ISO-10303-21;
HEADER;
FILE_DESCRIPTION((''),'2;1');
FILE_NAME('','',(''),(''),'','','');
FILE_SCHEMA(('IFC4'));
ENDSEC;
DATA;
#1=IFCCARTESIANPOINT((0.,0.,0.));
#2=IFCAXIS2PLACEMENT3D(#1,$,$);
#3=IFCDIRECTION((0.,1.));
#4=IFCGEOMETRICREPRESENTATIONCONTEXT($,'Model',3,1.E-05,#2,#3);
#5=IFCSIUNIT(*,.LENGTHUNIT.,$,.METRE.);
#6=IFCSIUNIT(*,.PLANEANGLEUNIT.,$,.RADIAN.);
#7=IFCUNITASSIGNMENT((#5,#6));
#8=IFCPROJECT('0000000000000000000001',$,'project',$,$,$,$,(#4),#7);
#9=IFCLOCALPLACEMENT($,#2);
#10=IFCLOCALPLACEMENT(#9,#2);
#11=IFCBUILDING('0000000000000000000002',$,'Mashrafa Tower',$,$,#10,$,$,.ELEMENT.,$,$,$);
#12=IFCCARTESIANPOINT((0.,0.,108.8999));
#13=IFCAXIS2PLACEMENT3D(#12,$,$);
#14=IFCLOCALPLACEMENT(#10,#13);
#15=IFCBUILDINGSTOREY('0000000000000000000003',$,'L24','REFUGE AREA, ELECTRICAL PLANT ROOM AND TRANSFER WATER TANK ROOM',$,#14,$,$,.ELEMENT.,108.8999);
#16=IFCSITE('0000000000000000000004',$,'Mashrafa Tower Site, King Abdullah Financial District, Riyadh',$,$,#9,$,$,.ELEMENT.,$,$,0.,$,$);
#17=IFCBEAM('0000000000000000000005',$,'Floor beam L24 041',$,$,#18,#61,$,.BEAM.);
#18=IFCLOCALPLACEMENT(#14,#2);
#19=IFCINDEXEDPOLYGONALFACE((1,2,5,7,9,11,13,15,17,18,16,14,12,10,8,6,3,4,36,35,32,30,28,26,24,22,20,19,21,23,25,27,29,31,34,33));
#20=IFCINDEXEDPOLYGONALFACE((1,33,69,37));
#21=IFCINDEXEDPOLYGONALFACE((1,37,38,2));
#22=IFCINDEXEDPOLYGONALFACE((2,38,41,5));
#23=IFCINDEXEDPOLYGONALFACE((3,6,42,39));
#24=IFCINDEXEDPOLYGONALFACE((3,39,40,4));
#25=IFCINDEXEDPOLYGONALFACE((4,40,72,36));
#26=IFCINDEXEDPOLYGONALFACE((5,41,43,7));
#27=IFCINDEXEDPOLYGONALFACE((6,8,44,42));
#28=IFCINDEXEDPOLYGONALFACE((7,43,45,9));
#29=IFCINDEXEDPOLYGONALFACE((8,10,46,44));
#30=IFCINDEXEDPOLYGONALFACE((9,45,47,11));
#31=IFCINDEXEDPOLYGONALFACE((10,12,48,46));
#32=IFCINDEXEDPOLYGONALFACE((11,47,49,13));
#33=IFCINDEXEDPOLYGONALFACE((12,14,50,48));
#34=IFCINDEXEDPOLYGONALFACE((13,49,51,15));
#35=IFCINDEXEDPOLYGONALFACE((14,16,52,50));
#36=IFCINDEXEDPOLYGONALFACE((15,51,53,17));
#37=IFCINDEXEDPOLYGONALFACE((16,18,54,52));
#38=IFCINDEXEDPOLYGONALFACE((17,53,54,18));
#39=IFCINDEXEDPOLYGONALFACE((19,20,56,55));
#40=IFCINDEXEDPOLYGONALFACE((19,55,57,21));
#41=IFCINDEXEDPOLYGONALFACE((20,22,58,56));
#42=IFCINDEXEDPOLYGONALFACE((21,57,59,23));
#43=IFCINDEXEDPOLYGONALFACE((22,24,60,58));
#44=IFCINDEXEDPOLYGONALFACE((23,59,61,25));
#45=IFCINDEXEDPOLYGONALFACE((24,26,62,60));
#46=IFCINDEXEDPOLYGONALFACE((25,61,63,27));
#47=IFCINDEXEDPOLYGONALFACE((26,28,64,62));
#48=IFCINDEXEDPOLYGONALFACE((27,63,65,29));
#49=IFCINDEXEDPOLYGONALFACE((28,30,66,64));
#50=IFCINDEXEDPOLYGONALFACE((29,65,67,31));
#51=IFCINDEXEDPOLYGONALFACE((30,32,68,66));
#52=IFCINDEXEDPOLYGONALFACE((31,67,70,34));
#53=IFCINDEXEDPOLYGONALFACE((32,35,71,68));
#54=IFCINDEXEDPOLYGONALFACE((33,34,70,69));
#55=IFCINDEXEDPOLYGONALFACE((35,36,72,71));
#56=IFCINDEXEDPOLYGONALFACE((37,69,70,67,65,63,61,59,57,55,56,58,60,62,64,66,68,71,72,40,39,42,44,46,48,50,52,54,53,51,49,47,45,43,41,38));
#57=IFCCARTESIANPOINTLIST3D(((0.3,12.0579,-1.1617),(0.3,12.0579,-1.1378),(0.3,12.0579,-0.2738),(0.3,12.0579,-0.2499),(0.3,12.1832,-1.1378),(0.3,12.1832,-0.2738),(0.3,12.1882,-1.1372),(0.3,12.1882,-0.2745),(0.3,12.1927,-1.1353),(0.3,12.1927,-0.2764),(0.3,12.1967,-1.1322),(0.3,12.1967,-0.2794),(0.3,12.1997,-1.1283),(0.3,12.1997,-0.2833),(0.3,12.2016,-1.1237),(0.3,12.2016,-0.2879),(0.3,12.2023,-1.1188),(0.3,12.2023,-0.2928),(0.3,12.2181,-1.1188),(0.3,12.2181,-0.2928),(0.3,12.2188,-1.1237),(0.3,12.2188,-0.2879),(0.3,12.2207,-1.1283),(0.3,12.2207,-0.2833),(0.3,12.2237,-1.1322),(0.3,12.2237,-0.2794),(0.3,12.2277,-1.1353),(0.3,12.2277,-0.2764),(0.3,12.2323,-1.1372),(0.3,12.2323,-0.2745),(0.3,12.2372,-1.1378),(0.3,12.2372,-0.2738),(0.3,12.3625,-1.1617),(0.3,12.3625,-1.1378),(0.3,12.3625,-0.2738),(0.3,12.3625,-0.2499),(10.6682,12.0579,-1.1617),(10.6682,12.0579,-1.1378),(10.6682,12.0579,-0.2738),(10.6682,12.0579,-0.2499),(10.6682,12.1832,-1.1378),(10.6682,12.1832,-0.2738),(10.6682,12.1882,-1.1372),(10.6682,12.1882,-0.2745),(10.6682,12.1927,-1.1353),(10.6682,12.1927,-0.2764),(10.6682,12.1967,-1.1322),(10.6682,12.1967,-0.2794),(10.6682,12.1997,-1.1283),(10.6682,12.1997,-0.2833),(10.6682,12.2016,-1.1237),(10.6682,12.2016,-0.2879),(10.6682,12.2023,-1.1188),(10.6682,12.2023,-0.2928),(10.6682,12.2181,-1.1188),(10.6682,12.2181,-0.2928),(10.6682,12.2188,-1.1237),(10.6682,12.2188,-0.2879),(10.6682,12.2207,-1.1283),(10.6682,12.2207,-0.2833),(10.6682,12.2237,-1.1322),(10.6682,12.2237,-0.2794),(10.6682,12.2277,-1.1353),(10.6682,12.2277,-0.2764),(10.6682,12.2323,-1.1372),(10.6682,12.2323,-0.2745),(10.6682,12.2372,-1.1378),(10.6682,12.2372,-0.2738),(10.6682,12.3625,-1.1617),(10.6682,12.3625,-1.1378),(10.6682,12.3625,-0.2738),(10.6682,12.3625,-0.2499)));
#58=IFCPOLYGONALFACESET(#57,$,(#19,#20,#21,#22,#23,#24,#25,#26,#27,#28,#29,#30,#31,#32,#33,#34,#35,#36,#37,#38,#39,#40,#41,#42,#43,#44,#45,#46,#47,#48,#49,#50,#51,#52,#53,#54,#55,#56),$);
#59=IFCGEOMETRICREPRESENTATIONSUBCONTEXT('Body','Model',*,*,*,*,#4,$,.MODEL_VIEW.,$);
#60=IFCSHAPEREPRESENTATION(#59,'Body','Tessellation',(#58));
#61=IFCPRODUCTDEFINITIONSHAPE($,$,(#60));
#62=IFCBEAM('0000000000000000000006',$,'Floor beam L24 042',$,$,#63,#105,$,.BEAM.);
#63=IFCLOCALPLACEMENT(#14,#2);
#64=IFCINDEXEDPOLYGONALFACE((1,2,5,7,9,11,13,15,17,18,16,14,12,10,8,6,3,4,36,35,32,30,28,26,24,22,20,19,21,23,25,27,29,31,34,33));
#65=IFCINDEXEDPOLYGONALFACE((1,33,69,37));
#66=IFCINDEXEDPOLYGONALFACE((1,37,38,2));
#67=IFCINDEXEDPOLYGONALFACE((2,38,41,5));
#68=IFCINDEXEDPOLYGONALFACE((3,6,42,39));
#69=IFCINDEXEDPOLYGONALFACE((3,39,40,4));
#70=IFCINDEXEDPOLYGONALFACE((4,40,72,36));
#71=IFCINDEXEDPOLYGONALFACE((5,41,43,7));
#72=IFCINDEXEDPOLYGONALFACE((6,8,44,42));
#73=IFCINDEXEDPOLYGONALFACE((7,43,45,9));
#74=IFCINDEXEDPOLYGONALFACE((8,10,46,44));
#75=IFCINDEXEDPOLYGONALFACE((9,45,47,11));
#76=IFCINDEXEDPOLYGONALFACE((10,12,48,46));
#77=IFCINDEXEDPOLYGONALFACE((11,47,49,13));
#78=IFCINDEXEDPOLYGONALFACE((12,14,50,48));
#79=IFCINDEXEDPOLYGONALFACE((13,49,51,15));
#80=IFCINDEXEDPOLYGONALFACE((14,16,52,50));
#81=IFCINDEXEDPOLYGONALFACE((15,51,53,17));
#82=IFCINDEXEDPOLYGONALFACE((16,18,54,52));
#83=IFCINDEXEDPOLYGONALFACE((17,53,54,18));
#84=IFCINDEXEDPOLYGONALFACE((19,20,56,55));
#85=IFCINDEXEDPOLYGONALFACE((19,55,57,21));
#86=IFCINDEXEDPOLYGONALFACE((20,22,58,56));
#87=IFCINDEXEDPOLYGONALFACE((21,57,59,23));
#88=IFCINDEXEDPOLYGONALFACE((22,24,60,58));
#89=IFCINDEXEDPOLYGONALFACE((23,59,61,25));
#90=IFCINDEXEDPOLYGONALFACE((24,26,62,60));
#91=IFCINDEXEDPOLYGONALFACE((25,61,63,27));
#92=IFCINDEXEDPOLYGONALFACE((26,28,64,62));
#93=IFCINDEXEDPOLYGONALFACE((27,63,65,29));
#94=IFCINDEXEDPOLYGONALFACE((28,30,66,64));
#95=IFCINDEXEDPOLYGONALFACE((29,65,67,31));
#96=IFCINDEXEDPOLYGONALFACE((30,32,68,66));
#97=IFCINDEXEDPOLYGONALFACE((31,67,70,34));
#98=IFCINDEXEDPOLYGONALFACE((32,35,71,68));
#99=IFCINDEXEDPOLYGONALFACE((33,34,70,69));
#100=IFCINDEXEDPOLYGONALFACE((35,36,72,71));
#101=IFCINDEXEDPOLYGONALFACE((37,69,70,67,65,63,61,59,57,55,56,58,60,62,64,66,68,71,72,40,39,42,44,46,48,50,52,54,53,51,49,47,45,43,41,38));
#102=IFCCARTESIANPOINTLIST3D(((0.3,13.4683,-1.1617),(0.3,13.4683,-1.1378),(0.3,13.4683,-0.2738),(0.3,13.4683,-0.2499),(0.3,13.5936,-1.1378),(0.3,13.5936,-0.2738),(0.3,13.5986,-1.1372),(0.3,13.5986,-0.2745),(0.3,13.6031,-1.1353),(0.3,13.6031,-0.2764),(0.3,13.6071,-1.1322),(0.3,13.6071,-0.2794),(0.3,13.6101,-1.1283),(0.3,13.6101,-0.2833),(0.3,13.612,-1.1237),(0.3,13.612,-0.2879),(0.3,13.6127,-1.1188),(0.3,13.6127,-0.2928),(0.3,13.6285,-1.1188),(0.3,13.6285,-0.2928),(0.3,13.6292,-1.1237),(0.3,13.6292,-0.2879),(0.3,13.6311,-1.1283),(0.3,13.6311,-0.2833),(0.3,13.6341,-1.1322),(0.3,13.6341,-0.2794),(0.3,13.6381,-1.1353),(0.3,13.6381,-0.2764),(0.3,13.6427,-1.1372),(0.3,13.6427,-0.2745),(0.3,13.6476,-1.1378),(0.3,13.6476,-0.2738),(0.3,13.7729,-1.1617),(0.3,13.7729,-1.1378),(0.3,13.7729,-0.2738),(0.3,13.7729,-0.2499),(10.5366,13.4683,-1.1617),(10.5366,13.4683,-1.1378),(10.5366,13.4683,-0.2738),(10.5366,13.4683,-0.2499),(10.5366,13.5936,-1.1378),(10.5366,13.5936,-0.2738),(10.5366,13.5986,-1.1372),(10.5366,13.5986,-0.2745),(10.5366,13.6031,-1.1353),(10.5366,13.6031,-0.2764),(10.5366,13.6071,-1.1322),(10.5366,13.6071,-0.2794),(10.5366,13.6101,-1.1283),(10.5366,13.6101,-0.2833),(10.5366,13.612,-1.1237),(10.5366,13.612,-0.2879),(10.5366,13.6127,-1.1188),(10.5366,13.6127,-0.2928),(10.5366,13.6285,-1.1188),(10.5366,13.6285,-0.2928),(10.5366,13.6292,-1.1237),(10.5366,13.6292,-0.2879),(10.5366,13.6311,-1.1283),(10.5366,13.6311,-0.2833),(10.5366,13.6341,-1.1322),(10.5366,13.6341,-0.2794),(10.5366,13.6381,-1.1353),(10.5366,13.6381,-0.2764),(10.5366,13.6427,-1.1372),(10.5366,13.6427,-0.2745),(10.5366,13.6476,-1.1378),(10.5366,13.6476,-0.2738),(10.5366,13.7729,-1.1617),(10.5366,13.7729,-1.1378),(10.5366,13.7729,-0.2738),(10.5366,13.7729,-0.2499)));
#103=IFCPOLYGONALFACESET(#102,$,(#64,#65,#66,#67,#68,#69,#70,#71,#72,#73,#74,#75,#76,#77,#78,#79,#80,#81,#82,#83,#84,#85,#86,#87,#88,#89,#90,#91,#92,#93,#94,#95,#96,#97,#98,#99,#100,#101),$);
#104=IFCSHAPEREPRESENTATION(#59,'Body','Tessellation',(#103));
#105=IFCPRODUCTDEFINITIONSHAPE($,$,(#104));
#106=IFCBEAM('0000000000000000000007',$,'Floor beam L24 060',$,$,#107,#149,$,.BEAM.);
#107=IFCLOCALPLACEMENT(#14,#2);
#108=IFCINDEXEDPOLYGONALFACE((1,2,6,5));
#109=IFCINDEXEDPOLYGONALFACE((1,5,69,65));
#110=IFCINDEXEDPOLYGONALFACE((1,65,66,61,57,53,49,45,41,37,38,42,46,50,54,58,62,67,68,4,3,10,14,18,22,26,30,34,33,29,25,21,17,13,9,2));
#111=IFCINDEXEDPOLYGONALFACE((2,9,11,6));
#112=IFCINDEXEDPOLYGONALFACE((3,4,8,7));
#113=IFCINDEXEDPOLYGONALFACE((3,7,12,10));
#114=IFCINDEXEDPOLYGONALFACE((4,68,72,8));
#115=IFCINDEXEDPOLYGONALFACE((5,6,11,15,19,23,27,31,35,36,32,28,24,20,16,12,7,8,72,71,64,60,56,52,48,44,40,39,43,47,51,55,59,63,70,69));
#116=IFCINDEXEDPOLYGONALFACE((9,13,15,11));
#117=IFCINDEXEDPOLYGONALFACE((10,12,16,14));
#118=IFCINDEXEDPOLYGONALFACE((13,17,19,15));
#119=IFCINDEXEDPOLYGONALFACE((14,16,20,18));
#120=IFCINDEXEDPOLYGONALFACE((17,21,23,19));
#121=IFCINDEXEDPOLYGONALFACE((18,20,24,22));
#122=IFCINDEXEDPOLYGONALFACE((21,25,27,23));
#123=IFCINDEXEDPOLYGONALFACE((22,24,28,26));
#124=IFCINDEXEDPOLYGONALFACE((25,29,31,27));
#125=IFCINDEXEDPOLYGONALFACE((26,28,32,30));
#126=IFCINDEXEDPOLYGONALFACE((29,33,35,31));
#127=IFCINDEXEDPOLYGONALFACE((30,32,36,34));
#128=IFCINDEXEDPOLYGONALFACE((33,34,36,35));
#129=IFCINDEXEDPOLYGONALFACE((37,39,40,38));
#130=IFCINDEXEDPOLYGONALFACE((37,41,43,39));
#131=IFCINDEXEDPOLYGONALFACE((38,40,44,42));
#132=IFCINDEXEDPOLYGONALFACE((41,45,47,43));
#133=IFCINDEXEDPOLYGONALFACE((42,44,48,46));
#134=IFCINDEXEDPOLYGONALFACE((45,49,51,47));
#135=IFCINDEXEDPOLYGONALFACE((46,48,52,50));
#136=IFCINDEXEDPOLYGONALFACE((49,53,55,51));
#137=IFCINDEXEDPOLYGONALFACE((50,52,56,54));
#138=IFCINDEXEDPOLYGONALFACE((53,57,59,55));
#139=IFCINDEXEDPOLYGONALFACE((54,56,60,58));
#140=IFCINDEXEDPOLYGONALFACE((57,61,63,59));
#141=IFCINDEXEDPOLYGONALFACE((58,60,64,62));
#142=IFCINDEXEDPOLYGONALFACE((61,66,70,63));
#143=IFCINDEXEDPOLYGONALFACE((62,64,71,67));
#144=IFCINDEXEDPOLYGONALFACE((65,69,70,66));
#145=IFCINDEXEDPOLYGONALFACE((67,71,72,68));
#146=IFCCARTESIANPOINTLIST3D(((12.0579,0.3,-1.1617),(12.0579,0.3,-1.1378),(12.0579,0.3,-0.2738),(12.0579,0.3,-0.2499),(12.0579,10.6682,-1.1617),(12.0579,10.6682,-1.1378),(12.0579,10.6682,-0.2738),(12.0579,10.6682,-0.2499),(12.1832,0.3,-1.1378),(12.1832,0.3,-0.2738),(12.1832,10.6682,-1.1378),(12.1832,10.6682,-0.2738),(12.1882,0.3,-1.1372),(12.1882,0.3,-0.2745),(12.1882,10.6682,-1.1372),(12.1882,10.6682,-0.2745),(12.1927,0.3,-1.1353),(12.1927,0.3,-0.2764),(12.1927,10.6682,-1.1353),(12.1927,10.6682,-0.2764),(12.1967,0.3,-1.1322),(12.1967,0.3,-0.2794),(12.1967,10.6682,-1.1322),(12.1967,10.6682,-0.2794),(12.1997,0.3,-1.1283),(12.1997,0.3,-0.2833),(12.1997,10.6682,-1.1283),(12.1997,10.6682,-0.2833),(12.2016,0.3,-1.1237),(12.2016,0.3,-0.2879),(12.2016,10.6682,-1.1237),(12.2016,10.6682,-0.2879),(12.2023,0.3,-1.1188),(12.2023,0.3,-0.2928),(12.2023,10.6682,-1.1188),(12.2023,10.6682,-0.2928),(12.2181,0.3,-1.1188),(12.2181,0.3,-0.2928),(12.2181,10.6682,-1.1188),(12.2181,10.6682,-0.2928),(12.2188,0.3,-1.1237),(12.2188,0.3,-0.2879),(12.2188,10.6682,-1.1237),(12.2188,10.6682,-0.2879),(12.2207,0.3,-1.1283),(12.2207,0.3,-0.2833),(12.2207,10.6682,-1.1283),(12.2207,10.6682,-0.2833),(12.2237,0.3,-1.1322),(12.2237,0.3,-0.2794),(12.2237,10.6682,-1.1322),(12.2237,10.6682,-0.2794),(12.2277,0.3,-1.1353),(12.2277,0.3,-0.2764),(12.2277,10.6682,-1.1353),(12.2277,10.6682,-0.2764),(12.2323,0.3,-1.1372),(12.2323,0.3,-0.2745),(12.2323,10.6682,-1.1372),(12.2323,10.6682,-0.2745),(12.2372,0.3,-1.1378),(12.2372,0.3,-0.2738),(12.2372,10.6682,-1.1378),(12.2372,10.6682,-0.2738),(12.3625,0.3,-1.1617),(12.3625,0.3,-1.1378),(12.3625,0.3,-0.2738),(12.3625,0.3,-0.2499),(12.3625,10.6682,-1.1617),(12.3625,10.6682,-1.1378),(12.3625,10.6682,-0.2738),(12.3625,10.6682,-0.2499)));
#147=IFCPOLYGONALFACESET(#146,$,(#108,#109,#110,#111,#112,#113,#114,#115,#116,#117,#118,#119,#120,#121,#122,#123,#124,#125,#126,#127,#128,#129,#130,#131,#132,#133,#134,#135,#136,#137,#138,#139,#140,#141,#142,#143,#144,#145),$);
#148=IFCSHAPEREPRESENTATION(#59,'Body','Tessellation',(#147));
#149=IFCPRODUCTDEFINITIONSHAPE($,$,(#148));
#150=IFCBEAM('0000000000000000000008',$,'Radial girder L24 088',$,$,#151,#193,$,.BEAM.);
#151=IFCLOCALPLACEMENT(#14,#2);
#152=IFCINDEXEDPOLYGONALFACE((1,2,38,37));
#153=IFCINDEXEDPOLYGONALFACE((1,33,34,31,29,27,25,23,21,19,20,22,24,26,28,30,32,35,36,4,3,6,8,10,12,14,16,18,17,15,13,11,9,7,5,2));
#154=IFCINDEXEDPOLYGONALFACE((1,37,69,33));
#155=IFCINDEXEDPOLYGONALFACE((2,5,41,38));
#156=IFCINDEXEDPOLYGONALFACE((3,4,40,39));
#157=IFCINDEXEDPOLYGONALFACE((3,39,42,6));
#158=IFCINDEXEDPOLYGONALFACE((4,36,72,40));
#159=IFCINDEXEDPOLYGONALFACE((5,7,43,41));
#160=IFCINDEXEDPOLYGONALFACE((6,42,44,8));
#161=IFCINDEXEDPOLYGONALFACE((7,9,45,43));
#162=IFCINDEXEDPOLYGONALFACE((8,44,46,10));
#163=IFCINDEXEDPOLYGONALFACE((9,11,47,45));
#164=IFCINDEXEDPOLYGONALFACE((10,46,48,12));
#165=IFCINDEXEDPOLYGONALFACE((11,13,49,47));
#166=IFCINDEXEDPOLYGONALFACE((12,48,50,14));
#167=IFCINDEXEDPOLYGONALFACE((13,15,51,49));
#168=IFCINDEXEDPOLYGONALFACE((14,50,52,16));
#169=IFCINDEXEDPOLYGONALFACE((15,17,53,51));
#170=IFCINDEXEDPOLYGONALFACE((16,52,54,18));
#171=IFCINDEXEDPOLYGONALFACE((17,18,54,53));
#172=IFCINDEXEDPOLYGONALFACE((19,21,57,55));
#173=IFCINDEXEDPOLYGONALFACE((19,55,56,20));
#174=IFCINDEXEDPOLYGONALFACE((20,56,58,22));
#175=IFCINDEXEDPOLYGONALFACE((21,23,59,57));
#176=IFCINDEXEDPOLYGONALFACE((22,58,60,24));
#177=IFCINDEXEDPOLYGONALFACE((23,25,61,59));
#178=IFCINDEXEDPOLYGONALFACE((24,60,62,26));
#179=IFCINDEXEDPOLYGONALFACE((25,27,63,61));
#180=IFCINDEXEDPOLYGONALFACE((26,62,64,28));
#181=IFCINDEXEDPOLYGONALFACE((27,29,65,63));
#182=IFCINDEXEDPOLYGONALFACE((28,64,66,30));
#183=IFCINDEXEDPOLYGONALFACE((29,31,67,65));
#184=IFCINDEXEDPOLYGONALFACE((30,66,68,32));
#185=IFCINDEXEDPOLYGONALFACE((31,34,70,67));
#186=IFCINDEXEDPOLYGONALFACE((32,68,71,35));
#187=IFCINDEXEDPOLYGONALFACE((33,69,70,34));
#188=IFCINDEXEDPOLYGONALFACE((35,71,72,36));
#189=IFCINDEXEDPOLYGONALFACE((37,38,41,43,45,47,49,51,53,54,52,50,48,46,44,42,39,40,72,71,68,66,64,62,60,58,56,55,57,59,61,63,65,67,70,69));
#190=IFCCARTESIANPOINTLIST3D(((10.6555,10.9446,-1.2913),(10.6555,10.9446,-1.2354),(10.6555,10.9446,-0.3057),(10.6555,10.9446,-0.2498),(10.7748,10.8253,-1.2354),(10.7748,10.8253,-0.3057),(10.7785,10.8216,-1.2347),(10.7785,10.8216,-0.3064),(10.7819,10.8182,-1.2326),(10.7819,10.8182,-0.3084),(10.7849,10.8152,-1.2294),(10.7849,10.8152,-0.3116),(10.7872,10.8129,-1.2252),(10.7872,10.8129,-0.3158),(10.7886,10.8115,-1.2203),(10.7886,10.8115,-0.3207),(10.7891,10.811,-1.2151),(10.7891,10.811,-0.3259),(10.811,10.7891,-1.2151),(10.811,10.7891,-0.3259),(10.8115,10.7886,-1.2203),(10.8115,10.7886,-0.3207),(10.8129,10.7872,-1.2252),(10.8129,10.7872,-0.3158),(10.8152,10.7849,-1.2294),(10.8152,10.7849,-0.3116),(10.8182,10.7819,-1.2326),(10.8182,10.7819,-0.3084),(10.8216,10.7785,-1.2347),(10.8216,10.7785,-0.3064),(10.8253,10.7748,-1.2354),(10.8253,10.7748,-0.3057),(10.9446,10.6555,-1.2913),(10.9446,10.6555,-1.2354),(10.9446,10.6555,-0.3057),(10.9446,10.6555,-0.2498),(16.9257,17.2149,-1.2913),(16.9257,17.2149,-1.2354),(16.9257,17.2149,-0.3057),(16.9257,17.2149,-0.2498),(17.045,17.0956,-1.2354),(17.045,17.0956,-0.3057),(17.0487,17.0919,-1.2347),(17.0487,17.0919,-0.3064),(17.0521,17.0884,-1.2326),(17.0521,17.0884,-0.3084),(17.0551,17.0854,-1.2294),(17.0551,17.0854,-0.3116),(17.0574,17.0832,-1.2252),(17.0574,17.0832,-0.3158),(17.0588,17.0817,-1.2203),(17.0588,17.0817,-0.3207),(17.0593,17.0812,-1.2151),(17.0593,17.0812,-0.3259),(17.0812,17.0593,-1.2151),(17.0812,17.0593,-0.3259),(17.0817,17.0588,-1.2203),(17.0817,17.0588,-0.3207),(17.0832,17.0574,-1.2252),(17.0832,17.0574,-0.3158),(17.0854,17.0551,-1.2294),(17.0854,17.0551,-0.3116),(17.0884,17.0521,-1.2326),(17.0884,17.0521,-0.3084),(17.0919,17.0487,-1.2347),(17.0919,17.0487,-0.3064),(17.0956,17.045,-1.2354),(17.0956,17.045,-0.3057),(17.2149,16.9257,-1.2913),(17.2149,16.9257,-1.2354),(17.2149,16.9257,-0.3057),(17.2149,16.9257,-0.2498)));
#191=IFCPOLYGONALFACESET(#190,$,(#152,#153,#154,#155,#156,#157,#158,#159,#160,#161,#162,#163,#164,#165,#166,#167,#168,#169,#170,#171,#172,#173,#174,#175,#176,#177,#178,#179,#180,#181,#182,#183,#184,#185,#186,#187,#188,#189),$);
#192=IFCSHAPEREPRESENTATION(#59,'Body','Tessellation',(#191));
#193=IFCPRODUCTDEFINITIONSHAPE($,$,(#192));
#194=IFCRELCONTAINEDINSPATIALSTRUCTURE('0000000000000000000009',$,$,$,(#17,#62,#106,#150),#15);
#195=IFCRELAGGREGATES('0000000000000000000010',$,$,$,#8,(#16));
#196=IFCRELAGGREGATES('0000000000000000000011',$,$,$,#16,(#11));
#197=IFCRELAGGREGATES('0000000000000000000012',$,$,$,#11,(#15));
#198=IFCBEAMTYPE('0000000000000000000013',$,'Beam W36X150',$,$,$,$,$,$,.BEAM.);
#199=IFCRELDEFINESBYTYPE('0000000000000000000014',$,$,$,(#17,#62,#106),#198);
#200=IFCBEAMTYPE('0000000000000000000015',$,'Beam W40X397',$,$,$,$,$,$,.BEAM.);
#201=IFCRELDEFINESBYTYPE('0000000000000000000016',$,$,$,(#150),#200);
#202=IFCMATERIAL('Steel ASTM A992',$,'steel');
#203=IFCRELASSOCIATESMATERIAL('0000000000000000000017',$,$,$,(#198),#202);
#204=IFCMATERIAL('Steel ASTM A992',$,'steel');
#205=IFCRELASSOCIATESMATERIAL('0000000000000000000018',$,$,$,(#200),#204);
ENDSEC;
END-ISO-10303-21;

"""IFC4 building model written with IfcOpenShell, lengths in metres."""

from ifc_helpers import new_model, si_unit, direction, frame, origin, origin_2d, place, context, subcontext, project, spatial, i_section, extrude, material, material_profile, profile_set, type_object, element, save


model = new_model("IFC4")

# Units and contexts
model_context = context("Model", 3, precision=1e-05, world=origin(), true_north=direction((0.0, 1.0)))
body_context = subcontext(model_context, "Body", "Model", "MODEL_VIEW")
ifc_project = project(units=[si_unit("LENGTHUNIT", "METRE"), si_unit("PLANEANGLEUNIT", "RADIAN")], contexts=[model_context])

# Site, building, storey
site_placement = place(None, origin())
site = spatial("IfcSite", under=ifc_project, at=site_placement, Name="Mashrafa Tower Site, King Abdullah Financial District, Riyadh", CompositionType="ELEMENT", RefElevation=0.0)
building_placement = place(site_placement, origin())
building = spatial("IfcBuilding", under=site, at=building_placement, Name="Mashrafa Tower", CompositionType="ELEMENT")
storey_placement = place(building_placement, frame((0.0, 0.0, 108.8999)))
storey = spatial("IfcBuildingStorey", under=building, at=storey_placement, Name="L24", Description="REFUGE AREA, ELECTRICAL PLANT ROOM AND TRANSFER WATER TANK ROOM", CompositionType="ELEMENT", Elevation=108.8999)

# Beams
ifc_material_1 = material(Name="Steel ASTM A992", Category="steel")
ifc_material_profile_1 = material_profile(ifc_material_1, i_section(OverallWidth=0.3047, OverallDepth=0.9119, WebThickness=0.0159, FlangeThickness=0.0239, FilletRadius=0.019, at=origin_2d()), Name="W36X150")
ifc_profile_set_1 = profile_set([ifc_material_profile_1], Name="Steel ASTM A992")
beam_type_1 = type_object("IfcBeamType", Name="Beam W36X150", PredefinedType="BEAM", material=ifc_profile_set_1)
beam_1_placement = place(storey_placement, frame((0.3, 12.2102, -0.7058), z_axis=(1.0, 0.0, 0.0), x_axis=(0.0, 1.0, 0.0)))
element("IfcBeam", 1, at=beam_1_placement, inside=storey, type_object=beam_type_1, Name="Floor beam L24 041", PredefinedType="BEAM", context=body_context, shape_type="SweptSolid", body=[
    extrude(i_section(OverallWidth=0.3047, OverallDepth=0.9119, WebThickness=0.0159, FlangeThickness=0.0239, FilletRadius=0.019, at=origin_2d()), origin(), (0.0, 0.0, 1.0), 10.3682),
])
beam_2_placement = place(storey_placement, frame((0.3, 13.6206, -0.7058), z_axis=(1.0, 0.0, 0.0), x_axis=(0.0, 1.0, 0.0)))
element("IfcBeam", 2, at=beam_2_placement, inside=storey, type_object=beam_type_1, Name="Floor beam L24 042", PredefinedType="BEAM", context=body_context, shape_type="SweptSolid", body=[
    extrude(i_section(OverallWidth=0.3047, OverallDepth=0.9119, WebThickness=0.0159, FlangeThickness=0.0239, FilletRadius=0.019, at=origin_2d()), origin(), (0.0, 0.0, 1.0), 10.2366),
])
beam_3_placement = place(storey_placement, frame((12.2102, 10.6682, -0.7058), z_axis=(0.0, -1.0, 0.0), x_axis=(1.0, 0.0, 0.0)))
element("IfcBeam", 3, at=beam_3_placement, inside=storey, type_object=beam_type_1, Name="Floor beam L24 060", PredefinedType="BEAM", context=body_context, shape_type="SweptSolid", body=[
    extrude(i_section(OverallWidth=0.3047, OverallDepth=0.9119, WebThickness=0.0159, FlangeThickness=0.0239, FilletRadius=0.019, at=origin_2d()), origin(), (0.0, 0.0, 1.0), 10.3682),
])
ifc_material_2 = material(Name="Steel ASTM A992", Category="steel")
ifc_material_profile_2 = material_profile(ifc_material_2, i_section(OverallWidth=0.4089, OverallDepth=1.0415, WebThickness=0.031, FlangeThickness=0.0559, FilletRadius=0.0203, at=origin_2d()), Name="W40X397")
ifc_profile_set_2 = profile_set([ifc_material_profile_2], Name="Steel ASTM A992")
beam_type_2 = type_object("IfcBeamType", Name="Beam W40X397", PredefinedType="BEAM", material=ifc_profile_set_2)
beam_4_placement = place(storey_placement, frame((10.8, 10.8, -0.7705), z_axis=(0.707107, 0.707107, 0.0), x_axis=(-0.707107, 0.707107, 0.0)))
element("IfcBeam", 4, at=beam_4_placement, inside=storey, type_object=beam_type_2, Name="Radial girder L24 088", PredefinedType="BEAM", context=body_context, shape_type="SweptSolid", body=[
    extrude(i_section(OverallWidth=0.4089, OverallDepth=1.0415, WebThickness=0.031, FlangeThickness=0.0559, FilletRadius=0.0203, at=origin_2d()), origin(), (0.0, 0.0, 1.0), 8.8674),
])

save(model, "model.ifc")
